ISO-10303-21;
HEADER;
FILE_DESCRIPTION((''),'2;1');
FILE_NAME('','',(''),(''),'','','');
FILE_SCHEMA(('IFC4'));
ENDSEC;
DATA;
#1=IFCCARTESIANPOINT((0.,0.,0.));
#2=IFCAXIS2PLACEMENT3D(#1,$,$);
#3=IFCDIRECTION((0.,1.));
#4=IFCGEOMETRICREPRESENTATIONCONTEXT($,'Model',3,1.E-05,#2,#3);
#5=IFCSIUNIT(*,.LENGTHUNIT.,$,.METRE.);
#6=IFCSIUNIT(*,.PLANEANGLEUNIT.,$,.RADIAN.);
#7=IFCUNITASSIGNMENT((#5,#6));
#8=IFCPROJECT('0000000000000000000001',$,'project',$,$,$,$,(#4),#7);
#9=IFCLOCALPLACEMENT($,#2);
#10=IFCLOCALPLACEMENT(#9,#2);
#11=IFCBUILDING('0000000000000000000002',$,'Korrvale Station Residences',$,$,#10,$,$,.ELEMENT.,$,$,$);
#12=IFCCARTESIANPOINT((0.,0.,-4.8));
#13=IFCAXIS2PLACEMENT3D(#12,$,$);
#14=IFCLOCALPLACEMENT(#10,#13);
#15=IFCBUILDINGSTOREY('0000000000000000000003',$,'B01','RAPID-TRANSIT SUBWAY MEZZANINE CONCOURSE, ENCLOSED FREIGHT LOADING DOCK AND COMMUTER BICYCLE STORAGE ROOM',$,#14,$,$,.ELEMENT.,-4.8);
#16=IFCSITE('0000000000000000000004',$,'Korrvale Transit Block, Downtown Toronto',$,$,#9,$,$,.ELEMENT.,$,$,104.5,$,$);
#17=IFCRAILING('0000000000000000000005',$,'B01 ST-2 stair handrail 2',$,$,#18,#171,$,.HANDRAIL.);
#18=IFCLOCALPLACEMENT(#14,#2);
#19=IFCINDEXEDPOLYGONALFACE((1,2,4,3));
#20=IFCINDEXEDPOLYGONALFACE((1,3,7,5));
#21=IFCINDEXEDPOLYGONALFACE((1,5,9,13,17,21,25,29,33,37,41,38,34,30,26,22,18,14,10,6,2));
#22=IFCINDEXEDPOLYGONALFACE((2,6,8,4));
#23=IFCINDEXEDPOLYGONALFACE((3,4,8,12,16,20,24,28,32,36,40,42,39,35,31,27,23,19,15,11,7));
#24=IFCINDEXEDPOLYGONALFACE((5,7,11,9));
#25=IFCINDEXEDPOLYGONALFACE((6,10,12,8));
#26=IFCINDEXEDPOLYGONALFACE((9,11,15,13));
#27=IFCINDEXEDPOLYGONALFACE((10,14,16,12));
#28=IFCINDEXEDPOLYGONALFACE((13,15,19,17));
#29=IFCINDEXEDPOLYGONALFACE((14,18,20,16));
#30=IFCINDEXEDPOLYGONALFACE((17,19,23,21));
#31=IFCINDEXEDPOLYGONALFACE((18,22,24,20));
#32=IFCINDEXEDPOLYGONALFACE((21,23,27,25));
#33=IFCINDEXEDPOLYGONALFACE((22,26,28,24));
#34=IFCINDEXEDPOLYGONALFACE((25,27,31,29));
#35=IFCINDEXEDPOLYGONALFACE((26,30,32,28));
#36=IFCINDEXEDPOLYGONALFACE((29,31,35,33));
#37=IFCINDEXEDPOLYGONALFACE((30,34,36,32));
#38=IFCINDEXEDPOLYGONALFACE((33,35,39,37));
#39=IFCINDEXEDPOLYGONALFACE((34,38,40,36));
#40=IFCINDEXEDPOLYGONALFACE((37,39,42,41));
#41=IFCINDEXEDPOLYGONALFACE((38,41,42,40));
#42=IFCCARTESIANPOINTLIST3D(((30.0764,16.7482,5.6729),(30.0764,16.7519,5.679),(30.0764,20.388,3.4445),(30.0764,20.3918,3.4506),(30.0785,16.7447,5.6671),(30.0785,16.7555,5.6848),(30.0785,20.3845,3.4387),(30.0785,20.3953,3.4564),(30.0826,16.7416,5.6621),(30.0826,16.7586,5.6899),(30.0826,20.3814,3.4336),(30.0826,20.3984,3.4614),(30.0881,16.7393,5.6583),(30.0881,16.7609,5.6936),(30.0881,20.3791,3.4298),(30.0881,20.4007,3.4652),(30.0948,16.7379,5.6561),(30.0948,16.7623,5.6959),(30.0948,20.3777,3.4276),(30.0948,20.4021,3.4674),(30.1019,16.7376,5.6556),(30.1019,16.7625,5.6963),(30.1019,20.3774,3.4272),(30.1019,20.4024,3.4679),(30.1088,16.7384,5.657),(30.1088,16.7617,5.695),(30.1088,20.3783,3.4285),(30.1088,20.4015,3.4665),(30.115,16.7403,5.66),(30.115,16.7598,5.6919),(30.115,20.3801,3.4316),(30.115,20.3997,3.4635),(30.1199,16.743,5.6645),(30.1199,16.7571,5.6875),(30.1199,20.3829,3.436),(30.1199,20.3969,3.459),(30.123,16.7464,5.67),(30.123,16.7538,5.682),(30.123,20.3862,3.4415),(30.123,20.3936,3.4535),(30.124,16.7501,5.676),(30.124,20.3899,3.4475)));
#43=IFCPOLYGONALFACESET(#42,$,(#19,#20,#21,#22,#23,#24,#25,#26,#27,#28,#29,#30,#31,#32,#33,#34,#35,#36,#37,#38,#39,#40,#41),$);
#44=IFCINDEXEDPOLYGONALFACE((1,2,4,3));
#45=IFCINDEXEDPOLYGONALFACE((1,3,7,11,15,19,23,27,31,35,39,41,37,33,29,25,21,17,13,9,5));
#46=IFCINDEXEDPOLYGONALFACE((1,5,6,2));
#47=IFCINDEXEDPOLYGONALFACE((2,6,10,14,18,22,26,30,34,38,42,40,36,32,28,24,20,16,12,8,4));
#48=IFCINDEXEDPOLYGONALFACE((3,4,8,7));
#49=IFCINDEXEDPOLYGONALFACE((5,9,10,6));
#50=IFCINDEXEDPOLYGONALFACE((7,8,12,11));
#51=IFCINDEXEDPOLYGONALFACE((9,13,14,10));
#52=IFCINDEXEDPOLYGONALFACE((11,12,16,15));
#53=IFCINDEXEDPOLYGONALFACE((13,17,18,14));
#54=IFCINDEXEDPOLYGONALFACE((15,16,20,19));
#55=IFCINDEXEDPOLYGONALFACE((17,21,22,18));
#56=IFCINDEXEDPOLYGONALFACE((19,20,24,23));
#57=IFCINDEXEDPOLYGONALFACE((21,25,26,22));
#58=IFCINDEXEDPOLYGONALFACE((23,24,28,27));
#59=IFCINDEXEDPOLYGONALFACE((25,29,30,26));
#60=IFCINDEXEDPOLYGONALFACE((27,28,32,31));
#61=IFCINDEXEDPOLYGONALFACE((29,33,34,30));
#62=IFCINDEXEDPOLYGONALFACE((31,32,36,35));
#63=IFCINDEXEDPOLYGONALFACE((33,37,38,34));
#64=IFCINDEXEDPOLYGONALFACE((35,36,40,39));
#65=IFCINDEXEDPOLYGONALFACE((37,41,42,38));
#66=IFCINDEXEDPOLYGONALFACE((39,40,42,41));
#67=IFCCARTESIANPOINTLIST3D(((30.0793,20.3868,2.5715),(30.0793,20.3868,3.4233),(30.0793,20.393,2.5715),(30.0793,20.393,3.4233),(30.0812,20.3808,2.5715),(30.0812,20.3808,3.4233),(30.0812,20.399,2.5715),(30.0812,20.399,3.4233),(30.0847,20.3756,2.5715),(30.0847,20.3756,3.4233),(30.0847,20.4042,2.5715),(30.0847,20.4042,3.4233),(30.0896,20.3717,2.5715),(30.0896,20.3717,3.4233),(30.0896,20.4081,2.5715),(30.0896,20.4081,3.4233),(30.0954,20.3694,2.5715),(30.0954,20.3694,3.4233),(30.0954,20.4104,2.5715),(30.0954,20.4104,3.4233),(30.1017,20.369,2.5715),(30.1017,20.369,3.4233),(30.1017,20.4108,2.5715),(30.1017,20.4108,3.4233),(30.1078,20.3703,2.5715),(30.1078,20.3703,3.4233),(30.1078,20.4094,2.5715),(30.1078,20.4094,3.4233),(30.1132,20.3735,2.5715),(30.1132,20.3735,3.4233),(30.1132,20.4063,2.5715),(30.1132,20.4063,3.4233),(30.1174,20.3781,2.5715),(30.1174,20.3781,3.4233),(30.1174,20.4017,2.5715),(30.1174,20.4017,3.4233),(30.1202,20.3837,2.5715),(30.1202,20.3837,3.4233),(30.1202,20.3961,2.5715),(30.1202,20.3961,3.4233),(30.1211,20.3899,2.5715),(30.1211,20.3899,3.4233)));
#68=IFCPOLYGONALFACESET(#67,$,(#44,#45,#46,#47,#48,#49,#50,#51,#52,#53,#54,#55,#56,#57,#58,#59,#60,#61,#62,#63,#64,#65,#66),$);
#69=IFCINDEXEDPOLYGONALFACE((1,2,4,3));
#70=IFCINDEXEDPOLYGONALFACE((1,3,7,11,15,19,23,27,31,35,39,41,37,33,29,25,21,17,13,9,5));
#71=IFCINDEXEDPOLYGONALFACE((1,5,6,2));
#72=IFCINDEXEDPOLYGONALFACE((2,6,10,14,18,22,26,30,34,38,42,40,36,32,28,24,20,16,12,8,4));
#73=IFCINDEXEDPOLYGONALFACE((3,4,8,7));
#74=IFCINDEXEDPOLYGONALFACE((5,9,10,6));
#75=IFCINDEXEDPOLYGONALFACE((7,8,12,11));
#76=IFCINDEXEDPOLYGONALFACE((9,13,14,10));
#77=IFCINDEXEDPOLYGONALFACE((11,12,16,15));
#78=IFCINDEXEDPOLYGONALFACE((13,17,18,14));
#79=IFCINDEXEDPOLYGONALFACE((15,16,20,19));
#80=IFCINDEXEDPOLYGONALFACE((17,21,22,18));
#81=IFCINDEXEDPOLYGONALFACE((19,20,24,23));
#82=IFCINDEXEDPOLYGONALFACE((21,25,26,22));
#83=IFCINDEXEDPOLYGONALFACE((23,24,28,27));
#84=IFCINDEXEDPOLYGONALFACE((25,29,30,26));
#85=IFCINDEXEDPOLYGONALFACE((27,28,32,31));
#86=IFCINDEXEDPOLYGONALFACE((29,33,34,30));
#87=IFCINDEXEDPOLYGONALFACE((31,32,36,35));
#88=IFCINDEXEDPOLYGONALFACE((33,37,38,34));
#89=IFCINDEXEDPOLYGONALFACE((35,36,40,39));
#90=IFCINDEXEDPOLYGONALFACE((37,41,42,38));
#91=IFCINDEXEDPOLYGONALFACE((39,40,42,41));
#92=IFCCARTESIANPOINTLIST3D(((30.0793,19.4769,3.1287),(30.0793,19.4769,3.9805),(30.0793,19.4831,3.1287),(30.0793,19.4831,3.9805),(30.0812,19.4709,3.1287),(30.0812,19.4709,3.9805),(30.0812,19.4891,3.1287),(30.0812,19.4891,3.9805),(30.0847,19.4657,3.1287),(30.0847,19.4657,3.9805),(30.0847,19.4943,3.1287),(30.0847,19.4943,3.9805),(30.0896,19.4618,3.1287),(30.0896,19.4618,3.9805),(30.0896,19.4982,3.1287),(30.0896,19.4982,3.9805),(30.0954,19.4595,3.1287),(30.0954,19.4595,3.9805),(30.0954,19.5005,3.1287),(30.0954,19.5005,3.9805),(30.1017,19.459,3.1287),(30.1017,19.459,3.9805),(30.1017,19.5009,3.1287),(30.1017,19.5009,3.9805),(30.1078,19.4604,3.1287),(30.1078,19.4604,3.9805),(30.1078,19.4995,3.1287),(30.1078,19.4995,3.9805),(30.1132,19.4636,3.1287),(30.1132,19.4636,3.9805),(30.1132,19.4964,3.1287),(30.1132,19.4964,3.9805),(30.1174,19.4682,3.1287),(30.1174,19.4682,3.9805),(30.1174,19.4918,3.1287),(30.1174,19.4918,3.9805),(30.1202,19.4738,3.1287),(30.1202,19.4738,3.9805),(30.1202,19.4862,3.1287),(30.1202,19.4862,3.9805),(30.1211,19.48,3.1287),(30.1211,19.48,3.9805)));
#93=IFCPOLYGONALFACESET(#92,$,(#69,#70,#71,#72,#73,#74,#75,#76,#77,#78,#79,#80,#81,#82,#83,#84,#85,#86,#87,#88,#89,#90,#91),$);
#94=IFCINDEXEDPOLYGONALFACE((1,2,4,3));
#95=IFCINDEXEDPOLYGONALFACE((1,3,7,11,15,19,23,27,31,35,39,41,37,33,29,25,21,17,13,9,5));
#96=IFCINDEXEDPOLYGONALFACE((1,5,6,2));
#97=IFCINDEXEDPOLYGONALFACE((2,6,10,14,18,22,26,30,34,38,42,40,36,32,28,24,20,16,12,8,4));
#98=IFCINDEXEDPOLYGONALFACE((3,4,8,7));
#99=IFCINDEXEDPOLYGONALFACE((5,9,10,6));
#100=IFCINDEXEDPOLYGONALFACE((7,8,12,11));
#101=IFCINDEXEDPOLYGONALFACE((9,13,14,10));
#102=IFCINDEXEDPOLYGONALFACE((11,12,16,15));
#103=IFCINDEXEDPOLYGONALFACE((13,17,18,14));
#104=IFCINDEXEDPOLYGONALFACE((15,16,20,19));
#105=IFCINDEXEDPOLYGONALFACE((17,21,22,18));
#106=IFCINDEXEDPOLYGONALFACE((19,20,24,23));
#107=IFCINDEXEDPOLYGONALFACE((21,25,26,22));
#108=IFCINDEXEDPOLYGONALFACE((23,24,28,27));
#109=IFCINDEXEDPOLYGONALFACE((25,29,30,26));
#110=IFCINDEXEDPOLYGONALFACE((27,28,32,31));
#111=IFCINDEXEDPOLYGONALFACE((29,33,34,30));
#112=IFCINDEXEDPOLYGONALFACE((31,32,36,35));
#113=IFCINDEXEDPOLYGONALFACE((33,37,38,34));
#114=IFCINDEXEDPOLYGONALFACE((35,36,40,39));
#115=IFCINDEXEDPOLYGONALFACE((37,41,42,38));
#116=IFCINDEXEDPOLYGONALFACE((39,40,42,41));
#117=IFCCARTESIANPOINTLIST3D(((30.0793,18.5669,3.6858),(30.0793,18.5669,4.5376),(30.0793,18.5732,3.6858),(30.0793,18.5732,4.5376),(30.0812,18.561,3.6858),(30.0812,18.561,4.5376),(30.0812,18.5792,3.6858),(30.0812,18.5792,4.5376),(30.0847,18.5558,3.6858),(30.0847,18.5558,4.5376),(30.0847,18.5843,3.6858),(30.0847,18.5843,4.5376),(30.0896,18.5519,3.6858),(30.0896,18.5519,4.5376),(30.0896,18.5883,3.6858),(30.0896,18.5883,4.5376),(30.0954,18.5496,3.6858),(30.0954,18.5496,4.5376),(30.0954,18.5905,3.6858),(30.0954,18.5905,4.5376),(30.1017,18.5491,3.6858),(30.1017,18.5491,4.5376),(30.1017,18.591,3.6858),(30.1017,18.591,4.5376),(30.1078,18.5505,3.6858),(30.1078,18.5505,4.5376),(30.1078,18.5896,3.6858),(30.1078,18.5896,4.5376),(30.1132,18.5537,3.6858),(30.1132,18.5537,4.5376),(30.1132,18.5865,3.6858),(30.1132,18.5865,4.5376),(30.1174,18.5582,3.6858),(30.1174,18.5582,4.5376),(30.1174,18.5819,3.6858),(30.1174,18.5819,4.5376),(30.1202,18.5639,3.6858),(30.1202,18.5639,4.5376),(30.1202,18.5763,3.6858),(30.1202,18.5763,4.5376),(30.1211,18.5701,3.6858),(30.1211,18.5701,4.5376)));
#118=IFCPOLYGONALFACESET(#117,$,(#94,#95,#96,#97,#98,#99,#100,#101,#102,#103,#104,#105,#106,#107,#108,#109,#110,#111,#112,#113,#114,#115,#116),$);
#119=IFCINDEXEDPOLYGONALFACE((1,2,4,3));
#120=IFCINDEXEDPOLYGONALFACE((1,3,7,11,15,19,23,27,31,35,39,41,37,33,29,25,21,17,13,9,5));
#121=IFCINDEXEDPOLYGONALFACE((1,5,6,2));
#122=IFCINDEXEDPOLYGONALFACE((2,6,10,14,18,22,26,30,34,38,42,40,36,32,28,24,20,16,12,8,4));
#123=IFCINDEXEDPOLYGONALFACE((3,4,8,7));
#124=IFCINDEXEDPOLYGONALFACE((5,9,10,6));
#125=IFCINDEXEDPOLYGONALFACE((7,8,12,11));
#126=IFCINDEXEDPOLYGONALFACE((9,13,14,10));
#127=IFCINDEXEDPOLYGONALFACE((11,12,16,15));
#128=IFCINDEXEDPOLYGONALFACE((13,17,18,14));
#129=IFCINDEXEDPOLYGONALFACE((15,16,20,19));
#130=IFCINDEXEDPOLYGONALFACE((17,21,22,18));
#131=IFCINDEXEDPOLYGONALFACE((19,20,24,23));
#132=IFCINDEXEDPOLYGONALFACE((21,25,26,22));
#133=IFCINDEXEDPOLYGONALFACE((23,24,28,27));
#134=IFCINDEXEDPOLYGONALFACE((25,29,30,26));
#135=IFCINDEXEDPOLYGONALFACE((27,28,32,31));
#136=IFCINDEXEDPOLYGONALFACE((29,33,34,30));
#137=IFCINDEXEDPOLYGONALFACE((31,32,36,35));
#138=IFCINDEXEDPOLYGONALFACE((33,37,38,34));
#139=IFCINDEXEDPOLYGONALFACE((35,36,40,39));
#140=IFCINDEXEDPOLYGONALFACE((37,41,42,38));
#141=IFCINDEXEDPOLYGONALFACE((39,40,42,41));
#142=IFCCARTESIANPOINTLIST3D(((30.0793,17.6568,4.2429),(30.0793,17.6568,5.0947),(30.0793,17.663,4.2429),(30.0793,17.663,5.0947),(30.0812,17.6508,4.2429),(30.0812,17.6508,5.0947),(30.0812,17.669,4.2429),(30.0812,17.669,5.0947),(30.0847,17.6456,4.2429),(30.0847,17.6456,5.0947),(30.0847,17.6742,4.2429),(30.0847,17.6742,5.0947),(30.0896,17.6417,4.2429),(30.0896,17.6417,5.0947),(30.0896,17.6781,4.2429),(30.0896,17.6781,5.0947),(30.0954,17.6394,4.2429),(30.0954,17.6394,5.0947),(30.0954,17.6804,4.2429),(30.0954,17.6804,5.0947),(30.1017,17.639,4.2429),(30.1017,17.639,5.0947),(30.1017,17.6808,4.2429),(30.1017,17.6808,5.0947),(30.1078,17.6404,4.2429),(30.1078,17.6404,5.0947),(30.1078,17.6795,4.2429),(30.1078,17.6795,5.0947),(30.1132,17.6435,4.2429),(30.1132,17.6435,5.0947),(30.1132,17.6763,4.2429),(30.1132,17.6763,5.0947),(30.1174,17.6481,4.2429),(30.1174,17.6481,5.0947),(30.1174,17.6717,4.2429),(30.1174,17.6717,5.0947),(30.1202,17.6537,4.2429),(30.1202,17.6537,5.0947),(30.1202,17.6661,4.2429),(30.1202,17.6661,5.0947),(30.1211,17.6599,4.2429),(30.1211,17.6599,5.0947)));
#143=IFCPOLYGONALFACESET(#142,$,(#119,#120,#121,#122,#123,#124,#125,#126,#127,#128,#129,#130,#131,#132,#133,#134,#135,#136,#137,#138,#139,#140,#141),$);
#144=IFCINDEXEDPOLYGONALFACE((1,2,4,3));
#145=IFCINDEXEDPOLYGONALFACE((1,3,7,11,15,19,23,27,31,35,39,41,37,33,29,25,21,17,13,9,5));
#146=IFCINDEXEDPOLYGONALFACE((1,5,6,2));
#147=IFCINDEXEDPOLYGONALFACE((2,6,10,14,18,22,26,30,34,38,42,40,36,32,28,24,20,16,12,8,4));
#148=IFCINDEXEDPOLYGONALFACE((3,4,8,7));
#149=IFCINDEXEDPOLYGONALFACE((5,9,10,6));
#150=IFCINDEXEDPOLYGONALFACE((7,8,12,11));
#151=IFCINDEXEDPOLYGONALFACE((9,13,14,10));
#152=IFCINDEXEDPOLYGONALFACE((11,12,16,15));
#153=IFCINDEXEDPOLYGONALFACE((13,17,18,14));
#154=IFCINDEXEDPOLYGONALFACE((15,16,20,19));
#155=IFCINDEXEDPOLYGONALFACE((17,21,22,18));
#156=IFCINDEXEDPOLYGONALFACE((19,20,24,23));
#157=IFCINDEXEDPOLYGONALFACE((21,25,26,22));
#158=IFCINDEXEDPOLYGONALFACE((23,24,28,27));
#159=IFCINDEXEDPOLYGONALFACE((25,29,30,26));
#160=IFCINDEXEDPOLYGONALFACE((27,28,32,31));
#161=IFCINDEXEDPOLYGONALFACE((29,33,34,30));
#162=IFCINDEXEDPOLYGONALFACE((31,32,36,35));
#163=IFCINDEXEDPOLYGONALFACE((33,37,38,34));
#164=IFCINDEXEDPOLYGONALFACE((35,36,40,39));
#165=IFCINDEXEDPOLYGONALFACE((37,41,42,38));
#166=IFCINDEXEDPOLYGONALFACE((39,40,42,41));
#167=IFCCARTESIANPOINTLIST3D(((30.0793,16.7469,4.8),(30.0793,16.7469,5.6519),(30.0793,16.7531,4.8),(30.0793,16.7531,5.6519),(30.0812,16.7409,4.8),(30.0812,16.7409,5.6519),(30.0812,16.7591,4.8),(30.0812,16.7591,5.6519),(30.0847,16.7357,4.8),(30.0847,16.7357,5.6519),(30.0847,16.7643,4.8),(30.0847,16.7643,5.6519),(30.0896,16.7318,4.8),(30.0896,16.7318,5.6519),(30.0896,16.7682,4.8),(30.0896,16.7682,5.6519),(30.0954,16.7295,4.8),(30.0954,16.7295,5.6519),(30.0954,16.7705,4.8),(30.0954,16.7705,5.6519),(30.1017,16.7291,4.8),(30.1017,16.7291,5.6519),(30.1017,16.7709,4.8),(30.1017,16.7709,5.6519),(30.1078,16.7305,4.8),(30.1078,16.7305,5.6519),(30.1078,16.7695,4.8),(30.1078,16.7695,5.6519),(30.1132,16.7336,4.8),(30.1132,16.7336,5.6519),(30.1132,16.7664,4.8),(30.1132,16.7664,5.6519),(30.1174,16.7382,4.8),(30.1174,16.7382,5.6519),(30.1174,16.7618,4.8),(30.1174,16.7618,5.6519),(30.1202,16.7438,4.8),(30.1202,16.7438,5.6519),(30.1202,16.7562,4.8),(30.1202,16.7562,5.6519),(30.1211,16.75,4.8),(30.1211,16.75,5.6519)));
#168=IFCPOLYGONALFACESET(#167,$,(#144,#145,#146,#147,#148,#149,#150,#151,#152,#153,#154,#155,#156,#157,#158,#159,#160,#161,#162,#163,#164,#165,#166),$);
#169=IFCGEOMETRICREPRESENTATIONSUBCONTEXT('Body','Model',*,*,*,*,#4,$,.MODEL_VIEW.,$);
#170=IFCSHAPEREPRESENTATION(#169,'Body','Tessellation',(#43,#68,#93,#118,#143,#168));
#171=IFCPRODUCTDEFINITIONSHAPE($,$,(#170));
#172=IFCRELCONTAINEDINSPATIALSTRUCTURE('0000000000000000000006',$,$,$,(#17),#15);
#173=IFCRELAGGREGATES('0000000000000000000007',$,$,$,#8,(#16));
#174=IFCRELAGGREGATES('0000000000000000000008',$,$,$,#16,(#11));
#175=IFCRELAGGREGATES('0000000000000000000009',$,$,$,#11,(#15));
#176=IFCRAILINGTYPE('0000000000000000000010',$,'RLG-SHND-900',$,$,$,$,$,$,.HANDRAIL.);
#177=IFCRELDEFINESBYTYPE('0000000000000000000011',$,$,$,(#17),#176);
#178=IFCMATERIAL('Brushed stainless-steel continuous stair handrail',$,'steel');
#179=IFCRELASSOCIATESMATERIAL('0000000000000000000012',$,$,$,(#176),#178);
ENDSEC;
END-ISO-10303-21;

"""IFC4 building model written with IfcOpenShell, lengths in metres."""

from ifc_helpers import new_model, si_unit, direction, frame, origin, origin_2d, place, context, subcontext, project, spatial, circle, extrude, material, type_object, element, save


model = new_model("IFC4")

# Units and contexts
model_context = context("Model", 3, precision=1e-05, world=origin(), true_north=direction((0.0, 1.0)))
body_context = subcontext(model_context, "Body", "Model", "MODEL_VIEW")
ifc_project = project(units=[si_unit("LENGTHUNIT", "METRE"), si_unit("PLANEANGLEUNIT", "RADIAN")], contexts=[model_context])

# Site, building, storey
site_placement = place(None, origin())
site = spatial("IfcSite", under=ifc_project, at=site_placement, Name="Korrvale Transit Block, Downtown Toronto", CompositionType="ELEMENT", RefElevation=104.5)
building_placement = place(site_placement, origin())
building = spatial("IfcBuilding", under=site, at=building_placement, Name="Korrvale Station Residences", CompositionType="ELEMENT")
storey_placement = place(building_placement, frame((0.0, 0.0, -4.8)))
storey = spatial("IfcBuildingStorey", under=building, at=storey_placement, Name="B01", Description="RAPID-TRANSIT SUBWAY MEZZANINE CONCOURSE, ENCLOSED FREIGHT LOADING DOCK AND COMMUTER BICYCLE STORAGE ROOM", CompositionType="ELEMENT", Elevation=-4.8)

# Railing
ifc_material_1 = material(Name="Brushed stainless-steel continuous stair handrail", Category="steel")
railing_type_1 = type_object("IfcRailingType", Name="RLG-SHND-900", PredefinedType="HANDRAIL", material=ifc_material_1)
railing_1_placement = place(storey_placement, frame((30.1001, 20.3899, 2.5715)))
element("IfcRailing", 1, at=railing_1_placement, inside=storey, type_object=railing_type_1, Name="B01 ST-2 stair handrail 2", PredefinedType="HANDRAIL", context=body_context, shape_type="SweptSolid", body=[
    extrude(circle(Radius=0.0239, at=origin_2d()), frame((0.0, 0.0, 0.876), z_axis=(0.0, -0.85285, 0.522156), x_axis=(1.0, 0.0, 0.0)), (0.0, 0.0, 1.0), 4.2678),
    extrude(circle(Radius=0.021, at=origin_2d()), origin(), (0.0, 0.0, 1.0), 0.8518),
    extrude(circle(Radius=0.021, at=origin_2d()), frame((0.0, -0.9099, 0.5571)), (0.0, 0.0, 1.0), 0.8518),
    extrude(circle(Radius=0.021, at=origin_2d()), frame((0.0, -1.8198, 1.1143)), (0.0, 0.0, 1.0), 0.8518),
    extrude(circle(Radius=0.021, at=origin_2d()), frame((0.0, -2.73, 1.6714)), (0.0, 0.0, 1.0), 0.8518),
    extrude(circle(Radius=0.021, at=origin_2d()), frame((0.0, -3.6399, 2.2285)), (0.0, 0.0, 1.0), 0.8518),
])

save(model, "model.ifc")
